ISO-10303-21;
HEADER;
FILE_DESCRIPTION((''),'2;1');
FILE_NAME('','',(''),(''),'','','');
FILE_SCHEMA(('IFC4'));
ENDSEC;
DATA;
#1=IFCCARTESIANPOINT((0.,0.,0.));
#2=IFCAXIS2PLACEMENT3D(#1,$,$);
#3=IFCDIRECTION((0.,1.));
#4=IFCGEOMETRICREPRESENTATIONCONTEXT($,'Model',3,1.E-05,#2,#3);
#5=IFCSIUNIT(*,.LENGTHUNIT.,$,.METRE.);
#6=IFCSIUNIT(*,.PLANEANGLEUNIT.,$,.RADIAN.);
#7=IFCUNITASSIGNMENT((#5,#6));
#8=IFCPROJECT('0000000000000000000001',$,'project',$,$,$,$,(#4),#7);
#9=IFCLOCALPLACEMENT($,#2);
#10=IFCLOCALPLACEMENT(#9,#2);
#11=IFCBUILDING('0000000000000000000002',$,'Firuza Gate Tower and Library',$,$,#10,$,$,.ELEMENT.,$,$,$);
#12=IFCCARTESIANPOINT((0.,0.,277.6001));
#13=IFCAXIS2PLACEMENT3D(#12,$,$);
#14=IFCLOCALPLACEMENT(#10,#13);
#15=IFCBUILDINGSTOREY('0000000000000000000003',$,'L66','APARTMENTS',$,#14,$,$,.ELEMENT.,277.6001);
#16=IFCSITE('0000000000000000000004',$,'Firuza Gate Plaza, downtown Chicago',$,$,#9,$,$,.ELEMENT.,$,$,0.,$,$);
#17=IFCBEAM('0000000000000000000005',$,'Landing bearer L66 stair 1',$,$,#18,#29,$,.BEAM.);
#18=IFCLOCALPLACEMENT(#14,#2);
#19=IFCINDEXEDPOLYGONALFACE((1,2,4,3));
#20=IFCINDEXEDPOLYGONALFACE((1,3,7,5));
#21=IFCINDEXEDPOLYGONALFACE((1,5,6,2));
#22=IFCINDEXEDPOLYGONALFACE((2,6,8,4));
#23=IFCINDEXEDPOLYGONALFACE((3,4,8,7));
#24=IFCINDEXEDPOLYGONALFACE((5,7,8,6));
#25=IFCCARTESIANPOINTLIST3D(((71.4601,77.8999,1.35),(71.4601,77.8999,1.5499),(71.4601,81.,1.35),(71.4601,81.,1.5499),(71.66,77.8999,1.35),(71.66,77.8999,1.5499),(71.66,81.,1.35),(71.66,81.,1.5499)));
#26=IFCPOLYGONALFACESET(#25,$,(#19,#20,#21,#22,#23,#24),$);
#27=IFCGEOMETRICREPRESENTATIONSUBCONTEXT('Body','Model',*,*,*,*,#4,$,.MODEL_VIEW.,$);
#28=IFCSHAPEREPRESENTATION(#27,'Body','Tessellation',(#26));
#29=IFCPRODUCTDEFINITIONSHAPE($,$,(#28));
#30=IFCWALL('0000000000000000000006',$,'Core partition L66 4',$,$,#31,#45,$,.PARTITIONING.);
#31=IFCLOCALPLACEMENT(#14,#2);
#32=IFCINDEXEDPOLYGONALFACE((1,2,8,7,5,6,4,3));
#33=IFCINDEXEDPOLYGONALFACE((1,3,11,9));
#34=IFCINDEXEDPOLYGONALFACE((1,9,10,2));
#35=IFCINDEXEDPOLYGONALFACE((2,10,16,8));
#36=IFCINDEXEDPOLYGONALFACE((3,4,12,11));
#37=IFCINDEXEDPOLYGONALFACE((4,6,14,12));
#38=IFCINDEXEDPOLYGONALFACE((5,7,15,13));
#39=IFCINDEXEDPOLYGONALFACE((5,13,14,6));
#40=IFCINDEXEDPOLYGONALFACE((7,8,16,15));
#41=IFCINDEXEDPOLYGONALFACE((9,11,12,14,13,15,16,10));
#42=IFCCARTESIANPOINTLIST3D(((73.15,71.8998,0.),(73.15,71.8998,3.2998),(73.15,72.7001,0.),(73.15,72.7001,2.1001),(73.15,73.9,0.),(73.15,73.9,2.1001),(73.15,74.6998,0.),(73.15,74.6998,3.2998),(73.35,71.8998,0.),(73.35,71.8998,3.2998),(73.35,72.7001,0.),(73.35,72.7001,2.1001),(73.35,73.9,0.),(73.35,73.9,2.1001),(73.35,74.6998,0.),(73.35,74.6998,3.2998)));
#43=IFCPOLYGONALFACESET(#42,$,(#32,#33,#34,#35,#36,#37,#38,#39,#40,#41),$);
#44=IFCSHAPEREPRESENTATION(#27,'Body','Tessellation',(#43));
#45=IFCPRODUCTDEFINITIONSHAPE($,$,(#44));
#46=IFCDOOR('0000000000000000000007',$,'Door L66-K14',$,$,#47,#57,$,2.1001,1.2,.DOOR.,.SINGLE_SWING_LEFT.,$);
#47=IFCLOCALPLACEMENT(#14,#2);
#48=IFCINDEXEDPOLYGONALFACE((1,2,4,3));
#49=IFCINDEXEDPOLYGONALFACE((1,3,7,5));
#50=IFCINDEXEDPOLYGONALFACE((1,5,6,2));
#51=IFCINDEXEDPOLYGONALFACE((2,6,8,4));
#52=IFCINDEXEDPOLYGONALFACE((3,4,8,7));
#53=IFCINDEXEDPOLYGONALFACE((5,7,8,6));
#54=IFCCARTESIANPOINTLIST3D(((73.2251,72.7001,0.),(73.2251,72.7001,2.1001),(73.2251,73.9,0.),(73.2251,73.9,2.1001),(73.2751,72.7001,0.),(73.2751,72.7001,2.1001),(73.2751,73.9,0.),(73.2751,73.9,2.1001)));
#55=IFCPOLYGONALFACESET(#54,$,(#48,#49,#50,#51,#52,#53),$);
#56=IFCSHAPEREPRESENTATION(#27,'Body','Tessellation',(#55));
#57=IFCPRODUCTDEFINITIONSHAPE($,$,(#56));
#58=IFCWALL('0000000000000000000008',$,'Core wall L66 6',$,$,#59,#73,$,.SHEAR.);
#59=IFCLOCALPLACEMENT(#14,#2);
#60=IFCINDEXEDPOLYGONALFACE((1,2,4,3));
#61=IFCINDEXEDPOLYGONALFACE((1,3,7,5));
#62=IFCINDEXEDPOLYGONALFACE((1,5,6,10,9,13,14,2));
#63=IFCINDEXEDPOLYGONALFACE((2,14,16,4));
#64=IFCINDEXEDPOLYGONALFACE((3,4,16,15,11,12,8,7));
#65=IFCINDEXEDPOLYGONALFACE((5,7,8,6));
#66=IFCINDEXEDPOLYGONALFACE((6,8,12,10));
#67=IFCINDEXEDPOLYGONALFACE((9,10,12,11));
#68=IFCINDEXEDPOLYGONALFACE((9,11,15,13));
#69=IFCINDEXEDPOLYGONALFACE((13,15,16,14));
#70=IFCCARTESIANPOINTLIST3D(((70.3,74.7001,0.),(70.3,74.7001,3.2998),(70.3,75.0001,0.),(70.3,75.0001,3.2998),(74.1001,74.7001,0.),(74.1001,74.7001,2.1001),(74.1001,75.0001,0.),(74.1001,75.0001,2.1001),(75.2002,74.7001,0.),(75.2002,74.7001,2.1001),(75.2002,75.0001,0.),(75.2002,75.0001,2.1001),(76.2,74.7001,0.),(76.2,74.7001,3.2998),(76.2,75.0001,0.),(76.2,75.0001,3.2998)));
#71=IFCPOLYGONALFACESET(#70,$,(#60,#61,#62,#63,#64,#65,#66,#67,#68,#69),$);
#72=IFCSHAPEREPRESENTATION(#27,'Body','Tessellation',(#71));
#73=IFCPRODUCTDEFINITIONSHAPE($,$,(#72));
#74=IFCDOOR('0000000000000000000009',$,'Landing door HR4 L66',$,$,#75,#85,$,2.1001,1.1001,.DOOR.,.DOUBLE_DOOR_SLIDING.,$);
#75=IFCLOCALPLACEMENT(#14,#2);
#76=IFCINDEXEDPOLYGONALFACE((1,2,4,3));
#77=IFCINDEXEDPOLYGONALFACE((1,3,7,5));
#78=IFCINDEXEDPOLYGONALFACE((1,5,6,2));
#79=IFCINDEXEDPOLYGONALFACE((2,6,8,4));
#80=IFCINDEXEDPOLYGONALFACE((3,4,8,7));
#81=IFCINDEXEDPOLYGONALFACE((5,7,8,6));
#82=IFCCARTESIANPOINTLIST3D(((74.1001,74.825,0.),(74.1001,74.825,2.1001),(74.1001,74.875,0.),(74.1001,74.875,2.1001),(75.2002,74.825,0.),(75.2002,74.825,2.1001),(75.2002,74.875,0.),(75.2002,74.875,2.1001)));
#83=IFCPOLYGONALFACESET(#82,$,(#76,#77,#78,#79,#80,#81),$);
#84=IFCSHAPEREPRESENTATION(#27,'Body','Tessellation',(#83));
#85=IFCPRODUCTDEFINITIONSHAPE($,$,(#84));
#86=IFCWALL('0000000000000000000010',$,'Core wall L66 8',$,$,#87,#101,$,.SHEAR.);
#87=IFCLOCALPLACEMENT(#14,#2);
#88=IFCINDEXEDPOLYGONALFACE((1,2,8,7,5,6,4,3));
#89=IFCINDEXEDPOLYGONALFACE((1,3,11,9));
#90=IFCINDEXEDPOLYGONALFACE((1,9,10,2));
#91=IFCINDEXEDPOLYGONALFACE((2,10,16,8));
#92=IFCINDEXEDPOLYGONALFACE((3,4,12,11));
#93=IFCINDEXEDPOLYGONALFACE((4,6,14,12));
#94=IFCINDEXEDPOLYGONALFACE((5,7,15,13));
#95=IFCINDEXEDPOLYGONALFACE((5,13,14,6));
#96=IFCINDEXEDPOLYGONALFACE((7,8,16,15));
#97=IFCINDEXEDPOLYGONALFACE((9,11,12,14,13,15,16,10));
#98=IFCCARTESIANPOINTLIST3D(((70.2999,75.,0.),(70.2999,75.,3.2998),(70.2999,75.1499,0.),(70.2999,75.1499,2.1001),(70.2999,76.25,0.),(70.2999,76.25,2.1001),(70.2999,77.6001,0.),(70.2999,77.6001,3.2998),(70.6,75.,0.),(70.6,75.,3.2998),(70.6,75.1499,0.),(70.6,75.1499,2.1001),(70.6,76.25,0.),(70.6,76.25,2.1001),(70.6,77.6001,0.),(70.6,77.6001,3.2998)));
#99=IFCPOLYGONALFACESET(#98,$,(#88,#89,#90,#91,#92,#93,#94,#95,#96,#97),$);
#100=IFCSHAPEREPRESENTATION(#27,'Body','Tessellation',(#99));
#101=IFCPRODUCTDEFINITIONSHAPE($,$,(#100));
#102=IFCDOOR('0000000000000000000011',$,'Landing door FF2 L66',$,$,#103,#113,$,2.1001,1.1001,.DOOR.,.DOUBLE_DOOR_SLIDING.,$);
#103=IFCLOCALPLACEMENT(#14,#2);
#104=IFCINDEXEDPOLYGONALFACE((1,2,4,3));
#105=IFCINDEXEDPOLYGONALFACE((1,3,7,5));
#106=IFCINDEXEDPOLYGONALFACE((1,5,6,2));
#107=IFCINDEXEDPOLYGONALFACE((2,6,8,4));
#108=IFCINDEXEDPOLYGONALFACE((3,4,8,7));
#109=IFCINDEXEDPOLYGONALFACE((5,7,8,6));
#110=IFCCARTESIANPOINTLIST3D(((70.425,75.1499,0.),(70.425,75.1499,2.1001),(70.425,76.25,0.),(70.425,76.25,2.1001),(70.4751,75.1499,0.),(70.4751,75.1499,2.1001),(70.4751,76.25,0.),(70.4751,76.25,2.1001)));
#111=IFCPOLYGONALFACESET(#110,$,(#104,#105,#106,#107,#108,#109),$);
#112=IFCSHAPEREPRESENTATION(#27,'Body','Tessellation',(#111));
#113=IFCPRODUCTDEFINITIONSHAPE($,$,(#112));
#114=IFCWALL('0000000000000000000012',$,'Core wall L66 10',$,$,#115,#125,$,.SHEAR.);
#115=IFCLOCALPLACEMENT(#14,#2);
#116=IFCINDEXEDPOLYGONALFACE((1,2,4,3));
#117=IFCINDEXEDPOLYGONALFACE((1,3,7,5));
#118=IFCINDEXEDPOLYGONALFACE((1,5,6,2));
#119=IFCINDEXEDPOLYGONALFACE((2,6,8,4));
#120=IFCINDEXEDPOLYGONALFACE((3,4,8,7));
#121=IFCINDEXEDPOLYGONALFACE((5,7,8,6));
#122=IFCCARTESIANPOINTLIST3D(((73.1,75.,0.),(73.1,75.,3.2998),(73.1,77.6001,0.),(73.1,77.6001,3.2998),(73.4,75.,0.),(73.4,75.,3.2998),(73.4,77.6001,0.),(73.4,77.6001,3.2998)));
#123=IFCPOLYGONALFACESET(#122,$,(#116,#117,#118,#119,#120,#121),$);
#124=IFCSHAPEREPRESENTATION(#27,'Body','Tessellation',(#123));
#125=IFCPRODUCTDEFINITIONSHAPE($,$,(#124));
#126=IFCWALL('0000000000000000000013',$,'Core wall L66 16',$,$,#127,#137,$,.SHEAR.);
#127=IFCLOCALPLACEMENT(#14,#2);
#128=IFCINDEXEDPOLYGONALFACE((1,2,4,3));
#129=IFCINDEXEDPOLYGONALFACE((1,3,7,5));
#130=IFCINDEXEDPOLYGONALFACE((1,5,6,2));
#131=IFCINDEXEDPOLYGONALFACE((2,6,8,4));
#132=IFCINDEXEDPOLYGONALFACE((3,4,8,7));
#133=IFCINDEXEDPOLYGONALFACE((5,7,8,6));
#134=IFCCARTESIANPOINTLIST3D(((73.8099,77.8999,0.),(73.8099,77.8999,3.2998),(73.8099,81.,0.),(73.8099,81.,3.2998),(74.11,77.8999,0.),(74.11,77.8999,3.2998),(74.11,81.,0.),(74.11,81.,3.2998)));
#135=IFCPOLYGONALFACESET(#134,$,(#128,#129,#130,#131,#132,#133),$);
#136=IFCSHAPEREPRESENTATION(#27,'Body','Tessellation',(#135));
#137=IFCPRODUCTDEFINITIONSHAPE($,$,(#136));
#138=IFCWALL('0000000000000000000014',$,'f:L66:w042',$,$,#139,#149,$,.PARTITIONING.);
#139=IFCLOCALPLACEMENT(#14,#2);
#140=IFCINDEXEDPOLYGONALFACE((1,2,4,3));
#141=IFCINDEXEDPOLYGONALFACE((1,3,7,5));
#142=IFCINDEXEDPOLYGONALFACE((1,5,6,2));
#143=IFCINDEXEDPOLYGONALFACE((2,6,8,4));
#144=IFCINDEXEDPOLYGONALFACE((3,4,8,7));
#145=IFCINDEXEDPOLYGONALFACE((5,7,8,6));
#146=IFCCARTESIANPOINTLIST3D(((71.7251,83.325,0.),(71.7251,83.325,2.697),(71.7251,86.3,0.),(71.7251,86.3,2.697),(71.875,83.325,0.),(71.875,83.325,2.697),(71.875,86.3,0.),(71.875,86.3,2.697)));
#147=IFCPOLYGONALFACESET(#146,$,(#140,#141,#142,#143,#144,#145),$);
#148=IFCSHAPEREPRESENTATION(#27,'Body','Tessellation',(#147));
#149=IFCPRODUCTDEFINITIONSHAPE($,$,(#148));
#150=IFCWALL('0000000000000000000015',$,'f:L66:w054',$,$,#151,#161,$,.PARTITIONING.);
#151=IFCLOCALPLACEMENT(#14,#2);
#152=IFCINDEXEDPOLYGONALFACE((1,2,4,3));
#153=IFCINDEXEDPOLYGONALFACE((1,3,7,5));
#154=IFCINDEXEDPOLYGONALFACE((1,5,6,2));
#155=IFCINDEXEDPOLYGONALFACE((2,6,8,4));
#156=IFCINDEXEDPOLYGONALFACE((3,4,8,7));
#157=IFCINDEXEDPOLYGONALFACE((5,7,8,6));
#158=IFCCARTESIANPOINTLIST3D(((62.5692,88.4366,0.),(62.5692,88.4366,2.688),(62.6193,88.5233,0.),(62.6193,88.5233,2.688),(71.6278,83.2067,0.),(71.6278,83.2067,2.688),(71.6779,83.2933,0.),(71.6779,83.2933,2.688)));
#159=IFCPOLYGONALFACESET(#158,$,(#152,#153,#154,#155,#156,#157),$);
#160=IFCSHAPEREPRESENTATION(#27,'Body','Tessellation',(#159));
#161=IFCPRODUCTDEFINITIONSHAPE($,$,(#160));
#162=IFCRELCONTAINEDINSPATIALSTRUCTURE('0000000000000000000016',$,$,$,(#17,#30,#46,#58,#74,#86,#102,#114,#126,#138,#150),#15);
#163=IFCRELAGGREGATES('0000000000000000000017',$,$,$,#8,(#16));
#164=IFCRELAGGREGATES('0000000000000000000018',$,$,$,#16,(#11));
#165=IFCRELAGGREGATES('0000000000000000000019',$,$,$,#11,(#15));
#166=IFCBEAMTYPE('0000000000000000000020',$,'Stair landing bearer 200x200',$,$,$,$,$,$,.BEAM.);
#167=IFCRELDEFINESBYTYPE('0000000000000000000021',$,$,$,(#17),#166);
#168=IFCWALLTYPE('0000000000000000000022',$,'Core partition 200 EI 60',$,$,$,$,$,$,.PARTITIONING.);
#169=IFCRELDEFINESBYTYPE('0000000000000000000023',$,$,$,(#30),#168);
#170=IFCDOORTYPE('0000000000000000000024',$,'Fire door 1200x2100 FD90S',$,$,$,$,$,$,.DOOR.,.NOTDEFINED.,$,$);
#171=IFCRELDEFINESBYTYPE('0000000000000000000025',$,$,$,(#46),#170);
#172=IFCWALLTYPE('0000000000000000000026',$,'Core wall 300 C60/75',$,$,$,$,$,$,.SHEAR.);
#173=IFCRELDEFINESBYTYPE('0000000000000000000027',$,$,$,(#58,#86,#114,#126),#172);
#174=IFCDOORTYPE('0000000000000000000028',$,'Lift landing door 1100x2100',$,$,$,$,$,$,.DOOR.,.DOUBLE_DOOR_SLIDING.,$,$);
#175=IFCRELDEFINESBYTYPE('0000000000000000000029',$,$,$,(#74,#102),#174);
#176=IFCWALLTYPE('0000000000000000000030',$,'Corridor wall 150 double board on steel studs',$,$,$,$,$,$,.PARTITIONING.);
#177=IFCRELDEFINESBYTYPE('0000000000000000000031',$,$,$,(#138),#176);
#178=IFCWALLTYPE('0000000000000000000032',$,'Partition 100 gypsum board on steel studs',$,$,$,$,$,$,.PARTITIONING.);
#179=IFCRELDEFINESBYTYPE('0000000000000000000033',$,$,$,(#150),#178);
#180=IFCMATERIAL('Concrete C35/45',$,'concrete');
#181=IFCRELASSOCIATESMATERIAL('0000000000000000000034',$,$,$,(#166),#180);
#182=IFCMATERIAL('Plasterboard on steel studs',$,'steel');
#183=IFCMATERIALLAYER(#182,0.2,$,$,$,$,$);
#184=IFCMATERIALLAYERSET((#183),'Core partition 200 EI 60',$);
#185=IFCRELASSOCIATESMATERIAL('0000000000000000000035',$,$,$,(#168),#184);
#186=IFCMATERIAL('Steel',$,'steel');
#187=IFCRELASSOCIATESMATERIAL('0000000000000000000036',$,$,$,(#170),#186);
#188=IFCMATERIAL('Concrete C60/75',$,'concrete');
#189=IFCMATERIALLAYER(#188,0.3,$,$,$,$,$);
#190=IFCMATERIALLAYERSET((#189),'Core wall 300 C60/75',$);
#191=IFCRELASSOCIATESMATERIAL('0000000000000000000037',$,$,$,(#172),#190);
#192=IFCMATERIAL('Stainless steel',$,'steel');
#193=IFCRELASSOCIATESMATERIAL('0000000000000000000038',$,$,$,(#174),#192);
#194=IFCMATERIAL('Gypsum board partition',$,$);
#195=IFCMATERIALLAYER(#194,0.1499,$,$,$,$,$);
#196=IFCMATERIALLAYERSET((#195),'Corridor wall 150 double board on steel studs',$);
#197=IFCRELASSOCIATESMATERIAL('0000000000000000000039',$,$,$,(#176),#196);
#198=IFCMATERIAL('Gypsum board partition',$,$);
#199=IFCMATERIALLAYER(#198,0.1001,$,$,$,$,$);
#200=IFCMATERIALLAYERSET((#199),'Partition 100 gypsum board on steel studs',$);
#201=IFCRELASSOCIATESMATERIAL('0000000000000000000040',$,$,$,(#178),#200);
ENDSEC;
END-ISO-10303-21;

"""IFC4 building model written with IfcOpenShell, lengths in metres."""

from ifc_helpers import new_model, si_unit, direction, frame, frame_2d, origin, origin_2d, place, context, subcontext, project, spatial, rectangle, extrude, material, layer, layer_set, material_profile, profile_set, type_object, element, fill, save


model = new_model("IFC4")

# Units and contexts
model_context = context("Model", 3, precision=1e-05, world=origin(), true_north=direction((0.0, 1.0)))
body_context = subcontext(model_context, "Body", "Model", "MODEL_VIEW")
ifc_project = project(units=[si_unit("LENGTHUNIT", "METRE"), si_unit("PLANEANGLEUNIT", "RADIAN")], contexts=[model_context])

# Site, building, storey
site_placement = place(None, origin())
site = spatial("IfcSite", under=ifc_project, at=site_placement, Name="Firuza Gate Plaza, downtown Chicago", CompositionType="ELEMENT", RefElevation=0.0)
building_placement = place(site_placement, origin())
building = spatial("IfcBuilding", under=site, at=building_placement, Name="Firuza Gate Tower and Library", CompositionType="ELEMENT")
storey_placement = place(building_placement, frame((0.0, 0.0, 277.6001)))
storey = spatial("IfcBuildingStorey", under=building, at=storey_placement, Name="L66", Description="APARTMENTS", CompositionType="ELEMENT", Elevation=277.6001)

# Beam
ifc_material_1 = material(Name="Concrete C35/45", Category="concrete")
ifc_material_profile = material_profile(ifc_material_1, rectangle(XDim=0.2, YDim=0.2, at=origin_2d()))
ifc_profile_set = profile_set([ifc_material_profile], Name="Concrete C35/45")
beam_type = type_object("IfcBeamType", Name="Stair landing bearer 200x200", PredefinedType="BEAM", material=ifc_profile_set)
beam_placement = place(storey_placement, frame((71.5601, 77.8999, 1.45), z_axis=(0.0, 1.0, 0.0), x_axis=(-1.0, 0.0, 0.0)))
element("IfcBeam", 1, at=beam_placement, inside=storey, type_object=beam_type, Name="Landing bearer L66 stair 1", PredefinedType="BEAM", context=body_context, shape_type="SweptSolid", body=[
    extrude(rectangle(XDim=0.2, YDim=0.2, at=origin_2d()), origin(), (0.0, 0.0, 1.0), 3.1001),
])

# Walls, openings, doors
ifc_material_2 = material(Name="Plasterboard on steel studs", Category="steel")
ifc_layer_1 = layer(ifc_material_2, 0.2)
ifc_layer_set_1 = layer_set([ifc_layer_1], Name="Core partition 200 EI 60")
wall_type_1 = type_object("IfcWallType", Name="Core partition 200 EI 60", PredefinedType="PARTITIONING", material=ifc_layer_set_1)
wall_1_placement = place(storey_placement, frame((73.25, 71.8999, 0.0), z_axis=(0.0, 0.0, 1.0), x_axis=(0.0, 1.0, 0.0)))
wall_1 = element("IfcWall", 2, at=wall_1_placement, inside=storey, type_object=wall_type_1, Name="Core partition L66 4", PredefinedType="PARTITIONING", context=body_context, shape_type="SweptSolid", body=[
    extrude(rectangle(XDim=2.8, YDim=0.2, at=frame_2d((1.3999, 0.0))), origin(), (0.0, 0.0, 1.0), 3.2998),
])
opening_1_placement = place(wall_1_placement, frame((0.8, 0.0, 0.0)))
opening_1 = element("IfcOpeningElement", 3, at=opening_1_placement, cuts=wall_1, PredefinedType="OPENING", context=body_context, shape_type="SweptSolid", body=[
    extrude(rectangle(XDim=1.2, YDim=2.1001, at=frame_2d((0.6001, 1.05))), frame((0.0, 0.1099, 0.0), z_axis=(0.0, -1.0, 0.0), x_axis=(1.0, 0.0, 0.0)), (0.0, 0.0, 1.0), 0.22),
])
ifc_material_3 = material(Name="Steel", Category="steel")
door_type_1 = type_object("IfcDoorType", Name="Fire door 1200x2100 FD90S", OperationType="NOTDEFINED", PredefinedType="DOOR", material=ifc_material_3)
door_1_placement = place(opening_1_placement, origin())
door_1 = element("IfcDoor", 4, at=door_1_placement, inside=storey, type_object=door_type_1, Name="Door L66-K14", OperationType="SINGLE_SWING_LEFT", OverallHeight=2.1001, OverallWidth=1.2, PredefinedType="DOOR", context=body_context, shape_type="SweptSolid", body=[
    extrude(rectangle(XDim=1.2, YDim=2.1001, at=frame_2d((0.6001, 1.05))), frame((0.0, 0.0249, 0.0), z_axis=(0.0, -1.0, 0.0), x_axis=(1.0, 0.0, 0.0)), (0.0, 0.0, 1.0), 0.05),
])
fill(opening_1, door_1)
ifc_material_4 = material(Name="Concrete C60/75", Category="concrete")
ifc_layer_2 = layer(ifc_material_4, 0.3)
ifc_layer_set_2 = layer_set([ifc_layer_2], Name="Core wall 300 C60/75")
wall_type_2 = type_object("IfcWallType", Name="Core wall 300 C60/75", PredefinedType="SHEAR", material=ifc_layer_set_2)
wall_2_placement = place(storey_placement, frame((70.3, 74.8501, 0.0), z_axis=(0.0, 0.0, 1.0), x_axis=(1.0, 0.0, 0.0)))
wall_2 = element("IfcWall", 5, at=wall_2_placement, inside=storey, type_object=wall_type_2, Name="Core wall L66 6", PredefinedType="SHEAR", context=body_context, shape_type="SweptSolid", body=[
    extrude(rectangle(XDim=5.8999, YDim=0.3, at=frame_2d((2.95, 0.0))), origin(), (0.0, 0.0, 1.0), 3.2998),
])
opening_2_placement = place(wall_2_placement, frame((3.8, 0.0, 0.0)))
opening_2 = element("IfcOpeningElement", 6, at=opening_2_placement, cuts=wall_2, PredefinedType="OPENING", context=body_context, shape_type="SweptSolid", body=[
    extrude(rectangle(XDim=1.1001, YDim=2.1001, at=frame_2d((0.55, 1.05))), frame((0.0, 0.1602, 0.0), z_axis=(0.0, -1.0, 0.0), x_axis=(1.0, 0.0, 0.0)), (0.0, 0.0, 1.0), 0.3201),
])
ifc_material_5 = material(Name="Stainless steel", Category="steel")
door_type_2 = type_object("IfcDoorType", Name="Lift landing door 1100x2100", OperationType="DOUBLE_DOOR_SLIDING", PredefinedType="DOOR", material=ifc_material_5)
door_2_placement = place(opening_2_placement, origin())
door_2 = element("IfcDoor", 7, at=door_2_placement, inside=storey, type_object=door_type_2, Name="Landing door HR4 L66", OperationType="DOUBLE_DOOR_SLIDING", OverallHeight=2.1001, OverallWidth=1.1001, PredefinedType="DOOR", context=body_context, shape_type="SweptSolid", body=[
    extrude(rectangle(XDim=1.1001, YDim=2.1001, at=frame_2d((0.55, 1.05))), frame((0.0, 0.0249, 0.0), z_axis=(0.0, -1.0, 0.0), x_axis=(1.0, 0.0, 0.0)), (0.0, 0.0, 1.0), 0.05),
])
fill(opening_2, door_2)
wall_3_placement = place(storey_placement, frame((70.45, 75.0, 0.0), z_axis=(0.0, 0.0, 1.0), x_axis=(0.0, 1.0, 0.0)))
wall_3 = element("IfcWall", 8, at=wall_3_placement, inside=storey, type_object=wall_type_2, Name="Core wall L66 8", PredefinedType="SHEAR", context=body_context, shape_type="SweptSolid", body=[
    extrude(rectangle(XDim=2.6001, YDim=0.3, at=frame_2d((1.3, 0.0))), origin(), (0.0, 0.0, 1.0), 3.2998),
])
opening_3_placement = place(wall_3_placement, frame((0.1499, 0.0, 0.0)))
opening_3 = element("IfcOpeningElement", 9, at=opening_3_placement, cuts=wall_3, PredefinedType="OPENING", context=body_context, shape_type="SweptSolid", body=[
    extrude(rectangle(XDim=1.1001, YDim=2.1001, at=frame_2d((0.55, 1.05))), frame((0.0, 0.1602, 0.0), z_axis=(0.0, -1.0, 0.0), x_axis=(1.0, 0.0, 0.0)), (0.0, 0.0, 1.0), 0.3201),
])
door_3_placement = place(opening_3_placement, origin())
door_3 = element("IfcDoor", 10, at=door_3_placement, inside=storey, type_object=door_type_2, Name="Landing door FF2 L66", OperationType="DOUBLE_DOOR_SLIDING", OverallHeight=2.1001, OverallWidth=1.1001, PredefinedType="DOOR", context=body_context, shape_type="SweptSolid", body=[
    extrude(rectangle(XDim=1.1001, YDim=2.1001, at=frame_2d((0.55, 1.05))), frame((0.0, 0.0249, 0.0), z_axis=(0.0, -1.0, 0.0), x_axis=(1.0, 0.0, 0.0)), (0.0, 0.0, 1.0), 0.05),
])
fill(opening_3, door_3)

# Walls
wall_4_placement = place(storey_placement, frame((73.25, 75.0, 0.0), z_axis=(0.0, 0.0, 1.0), x_axis=(0.0, 1.0, 0.0)))
element("IfcWall", 11, at=wall_4_placement, inside=storey, type_object=wall_type_2, Name="Core wall L66 10", PredefinedType="SHEAR", context=body_context, shape_type="SweptSolid", body=[
    extrude(rectangle(XDim=2.6001, YDim=0.3, at=frame_2d((1.3, 0.0))), origin(), (0.0, 0.0, 1.0), 3.2998),
])
wall_5_placement = place(storey_placement, frame((73.96, 77.8999, 0.0), z_axis=(0.0, 0.0, 1.0), x_axis=(0.0, 1.0, 0.0)))
element("IfcWall", 12, at=wall_5_placement, inside=storey, type_object=wall_type_2, Name="Core wall L66 16", PredefinedType="SHEAR", context=body_context, shape_type="SweptSolid", body=[
    extrude(rectangle(XDim=3.1001, YDim=0.3, at=frame_2d((1.55, 0.0))), origin(), (0.0, 0.0, 1.0), 3.2998),
])
ifc_material_6 = material(Name="Gypsum board partition")
ifc_layer_3 = layer(ifc_material_6, 0.1499)
ifc_layer_set_3 = layer_set([ifc_layer_3], Name="Corridor wall 150 double board on steel studs")
wall_type_3 = type_object("IfcWallType", Name="Corridor wall 150 double board on steel studs", PredefinedType="PARTITIONING", material=ifc_layer_set_3)
wall_6_placement = place(storey_placement, frame((71.8, 83.325, 0.0), z_axis=(0.0, 0.0, 1.0), x_axis=(0.0, 1.0, 0.0)))
element("IfcWall", 13, at=wall_6_placement, inside=storey, type_object=wall_type_3, Name="f:L66:w042", PredefinedType="PARTITIONING", context=body_context, shape_type="SweptSolid", body=[
    extrude(rectangle(XDim=2.9751, YDim=0.1499, at=frame_2d((1.4875, 0.0))), origin(), (0.0, 0.0, 1.0), 2.697),
])
ifc_material_7 = material(Name="Gypsum board partition")
ifc_layer_4 = layer(ifc_material_7, 0.1001)
ifc_layer_set_4 = layer_set([ifc_layer_4], Name="Partition 100 gypsum board on steel studs")
wall_type_4 = type_object("IfcWallType", Name="Partition 100 gypsum board on steel studs", PredefinedType="PARTITIONING", material=ifc_layer_set_4)
wall_7_placement = place(storey_placement, frame((71.6528, 83.25, 0.0), z_axis=(0.0, 0.0, 1.0), x_axis=(-0.866025, 0.5, 0.0)))
element("IfcWall", 14, at=wall_7_placement, inside=storey, type_object=wall_type_4, Name="f:L66:w054", PredefinedType="PARTITIONING", context=body_context, shape_type="SweptSolid", body=[
    extrude(rectangle(XDim=10.46, YDim=0.1001, at=frame_2d((5.23, 0.0))), origin(), (0.0, 0.0, 1.0), 2.688),
])

save(model, "model.ifc")
